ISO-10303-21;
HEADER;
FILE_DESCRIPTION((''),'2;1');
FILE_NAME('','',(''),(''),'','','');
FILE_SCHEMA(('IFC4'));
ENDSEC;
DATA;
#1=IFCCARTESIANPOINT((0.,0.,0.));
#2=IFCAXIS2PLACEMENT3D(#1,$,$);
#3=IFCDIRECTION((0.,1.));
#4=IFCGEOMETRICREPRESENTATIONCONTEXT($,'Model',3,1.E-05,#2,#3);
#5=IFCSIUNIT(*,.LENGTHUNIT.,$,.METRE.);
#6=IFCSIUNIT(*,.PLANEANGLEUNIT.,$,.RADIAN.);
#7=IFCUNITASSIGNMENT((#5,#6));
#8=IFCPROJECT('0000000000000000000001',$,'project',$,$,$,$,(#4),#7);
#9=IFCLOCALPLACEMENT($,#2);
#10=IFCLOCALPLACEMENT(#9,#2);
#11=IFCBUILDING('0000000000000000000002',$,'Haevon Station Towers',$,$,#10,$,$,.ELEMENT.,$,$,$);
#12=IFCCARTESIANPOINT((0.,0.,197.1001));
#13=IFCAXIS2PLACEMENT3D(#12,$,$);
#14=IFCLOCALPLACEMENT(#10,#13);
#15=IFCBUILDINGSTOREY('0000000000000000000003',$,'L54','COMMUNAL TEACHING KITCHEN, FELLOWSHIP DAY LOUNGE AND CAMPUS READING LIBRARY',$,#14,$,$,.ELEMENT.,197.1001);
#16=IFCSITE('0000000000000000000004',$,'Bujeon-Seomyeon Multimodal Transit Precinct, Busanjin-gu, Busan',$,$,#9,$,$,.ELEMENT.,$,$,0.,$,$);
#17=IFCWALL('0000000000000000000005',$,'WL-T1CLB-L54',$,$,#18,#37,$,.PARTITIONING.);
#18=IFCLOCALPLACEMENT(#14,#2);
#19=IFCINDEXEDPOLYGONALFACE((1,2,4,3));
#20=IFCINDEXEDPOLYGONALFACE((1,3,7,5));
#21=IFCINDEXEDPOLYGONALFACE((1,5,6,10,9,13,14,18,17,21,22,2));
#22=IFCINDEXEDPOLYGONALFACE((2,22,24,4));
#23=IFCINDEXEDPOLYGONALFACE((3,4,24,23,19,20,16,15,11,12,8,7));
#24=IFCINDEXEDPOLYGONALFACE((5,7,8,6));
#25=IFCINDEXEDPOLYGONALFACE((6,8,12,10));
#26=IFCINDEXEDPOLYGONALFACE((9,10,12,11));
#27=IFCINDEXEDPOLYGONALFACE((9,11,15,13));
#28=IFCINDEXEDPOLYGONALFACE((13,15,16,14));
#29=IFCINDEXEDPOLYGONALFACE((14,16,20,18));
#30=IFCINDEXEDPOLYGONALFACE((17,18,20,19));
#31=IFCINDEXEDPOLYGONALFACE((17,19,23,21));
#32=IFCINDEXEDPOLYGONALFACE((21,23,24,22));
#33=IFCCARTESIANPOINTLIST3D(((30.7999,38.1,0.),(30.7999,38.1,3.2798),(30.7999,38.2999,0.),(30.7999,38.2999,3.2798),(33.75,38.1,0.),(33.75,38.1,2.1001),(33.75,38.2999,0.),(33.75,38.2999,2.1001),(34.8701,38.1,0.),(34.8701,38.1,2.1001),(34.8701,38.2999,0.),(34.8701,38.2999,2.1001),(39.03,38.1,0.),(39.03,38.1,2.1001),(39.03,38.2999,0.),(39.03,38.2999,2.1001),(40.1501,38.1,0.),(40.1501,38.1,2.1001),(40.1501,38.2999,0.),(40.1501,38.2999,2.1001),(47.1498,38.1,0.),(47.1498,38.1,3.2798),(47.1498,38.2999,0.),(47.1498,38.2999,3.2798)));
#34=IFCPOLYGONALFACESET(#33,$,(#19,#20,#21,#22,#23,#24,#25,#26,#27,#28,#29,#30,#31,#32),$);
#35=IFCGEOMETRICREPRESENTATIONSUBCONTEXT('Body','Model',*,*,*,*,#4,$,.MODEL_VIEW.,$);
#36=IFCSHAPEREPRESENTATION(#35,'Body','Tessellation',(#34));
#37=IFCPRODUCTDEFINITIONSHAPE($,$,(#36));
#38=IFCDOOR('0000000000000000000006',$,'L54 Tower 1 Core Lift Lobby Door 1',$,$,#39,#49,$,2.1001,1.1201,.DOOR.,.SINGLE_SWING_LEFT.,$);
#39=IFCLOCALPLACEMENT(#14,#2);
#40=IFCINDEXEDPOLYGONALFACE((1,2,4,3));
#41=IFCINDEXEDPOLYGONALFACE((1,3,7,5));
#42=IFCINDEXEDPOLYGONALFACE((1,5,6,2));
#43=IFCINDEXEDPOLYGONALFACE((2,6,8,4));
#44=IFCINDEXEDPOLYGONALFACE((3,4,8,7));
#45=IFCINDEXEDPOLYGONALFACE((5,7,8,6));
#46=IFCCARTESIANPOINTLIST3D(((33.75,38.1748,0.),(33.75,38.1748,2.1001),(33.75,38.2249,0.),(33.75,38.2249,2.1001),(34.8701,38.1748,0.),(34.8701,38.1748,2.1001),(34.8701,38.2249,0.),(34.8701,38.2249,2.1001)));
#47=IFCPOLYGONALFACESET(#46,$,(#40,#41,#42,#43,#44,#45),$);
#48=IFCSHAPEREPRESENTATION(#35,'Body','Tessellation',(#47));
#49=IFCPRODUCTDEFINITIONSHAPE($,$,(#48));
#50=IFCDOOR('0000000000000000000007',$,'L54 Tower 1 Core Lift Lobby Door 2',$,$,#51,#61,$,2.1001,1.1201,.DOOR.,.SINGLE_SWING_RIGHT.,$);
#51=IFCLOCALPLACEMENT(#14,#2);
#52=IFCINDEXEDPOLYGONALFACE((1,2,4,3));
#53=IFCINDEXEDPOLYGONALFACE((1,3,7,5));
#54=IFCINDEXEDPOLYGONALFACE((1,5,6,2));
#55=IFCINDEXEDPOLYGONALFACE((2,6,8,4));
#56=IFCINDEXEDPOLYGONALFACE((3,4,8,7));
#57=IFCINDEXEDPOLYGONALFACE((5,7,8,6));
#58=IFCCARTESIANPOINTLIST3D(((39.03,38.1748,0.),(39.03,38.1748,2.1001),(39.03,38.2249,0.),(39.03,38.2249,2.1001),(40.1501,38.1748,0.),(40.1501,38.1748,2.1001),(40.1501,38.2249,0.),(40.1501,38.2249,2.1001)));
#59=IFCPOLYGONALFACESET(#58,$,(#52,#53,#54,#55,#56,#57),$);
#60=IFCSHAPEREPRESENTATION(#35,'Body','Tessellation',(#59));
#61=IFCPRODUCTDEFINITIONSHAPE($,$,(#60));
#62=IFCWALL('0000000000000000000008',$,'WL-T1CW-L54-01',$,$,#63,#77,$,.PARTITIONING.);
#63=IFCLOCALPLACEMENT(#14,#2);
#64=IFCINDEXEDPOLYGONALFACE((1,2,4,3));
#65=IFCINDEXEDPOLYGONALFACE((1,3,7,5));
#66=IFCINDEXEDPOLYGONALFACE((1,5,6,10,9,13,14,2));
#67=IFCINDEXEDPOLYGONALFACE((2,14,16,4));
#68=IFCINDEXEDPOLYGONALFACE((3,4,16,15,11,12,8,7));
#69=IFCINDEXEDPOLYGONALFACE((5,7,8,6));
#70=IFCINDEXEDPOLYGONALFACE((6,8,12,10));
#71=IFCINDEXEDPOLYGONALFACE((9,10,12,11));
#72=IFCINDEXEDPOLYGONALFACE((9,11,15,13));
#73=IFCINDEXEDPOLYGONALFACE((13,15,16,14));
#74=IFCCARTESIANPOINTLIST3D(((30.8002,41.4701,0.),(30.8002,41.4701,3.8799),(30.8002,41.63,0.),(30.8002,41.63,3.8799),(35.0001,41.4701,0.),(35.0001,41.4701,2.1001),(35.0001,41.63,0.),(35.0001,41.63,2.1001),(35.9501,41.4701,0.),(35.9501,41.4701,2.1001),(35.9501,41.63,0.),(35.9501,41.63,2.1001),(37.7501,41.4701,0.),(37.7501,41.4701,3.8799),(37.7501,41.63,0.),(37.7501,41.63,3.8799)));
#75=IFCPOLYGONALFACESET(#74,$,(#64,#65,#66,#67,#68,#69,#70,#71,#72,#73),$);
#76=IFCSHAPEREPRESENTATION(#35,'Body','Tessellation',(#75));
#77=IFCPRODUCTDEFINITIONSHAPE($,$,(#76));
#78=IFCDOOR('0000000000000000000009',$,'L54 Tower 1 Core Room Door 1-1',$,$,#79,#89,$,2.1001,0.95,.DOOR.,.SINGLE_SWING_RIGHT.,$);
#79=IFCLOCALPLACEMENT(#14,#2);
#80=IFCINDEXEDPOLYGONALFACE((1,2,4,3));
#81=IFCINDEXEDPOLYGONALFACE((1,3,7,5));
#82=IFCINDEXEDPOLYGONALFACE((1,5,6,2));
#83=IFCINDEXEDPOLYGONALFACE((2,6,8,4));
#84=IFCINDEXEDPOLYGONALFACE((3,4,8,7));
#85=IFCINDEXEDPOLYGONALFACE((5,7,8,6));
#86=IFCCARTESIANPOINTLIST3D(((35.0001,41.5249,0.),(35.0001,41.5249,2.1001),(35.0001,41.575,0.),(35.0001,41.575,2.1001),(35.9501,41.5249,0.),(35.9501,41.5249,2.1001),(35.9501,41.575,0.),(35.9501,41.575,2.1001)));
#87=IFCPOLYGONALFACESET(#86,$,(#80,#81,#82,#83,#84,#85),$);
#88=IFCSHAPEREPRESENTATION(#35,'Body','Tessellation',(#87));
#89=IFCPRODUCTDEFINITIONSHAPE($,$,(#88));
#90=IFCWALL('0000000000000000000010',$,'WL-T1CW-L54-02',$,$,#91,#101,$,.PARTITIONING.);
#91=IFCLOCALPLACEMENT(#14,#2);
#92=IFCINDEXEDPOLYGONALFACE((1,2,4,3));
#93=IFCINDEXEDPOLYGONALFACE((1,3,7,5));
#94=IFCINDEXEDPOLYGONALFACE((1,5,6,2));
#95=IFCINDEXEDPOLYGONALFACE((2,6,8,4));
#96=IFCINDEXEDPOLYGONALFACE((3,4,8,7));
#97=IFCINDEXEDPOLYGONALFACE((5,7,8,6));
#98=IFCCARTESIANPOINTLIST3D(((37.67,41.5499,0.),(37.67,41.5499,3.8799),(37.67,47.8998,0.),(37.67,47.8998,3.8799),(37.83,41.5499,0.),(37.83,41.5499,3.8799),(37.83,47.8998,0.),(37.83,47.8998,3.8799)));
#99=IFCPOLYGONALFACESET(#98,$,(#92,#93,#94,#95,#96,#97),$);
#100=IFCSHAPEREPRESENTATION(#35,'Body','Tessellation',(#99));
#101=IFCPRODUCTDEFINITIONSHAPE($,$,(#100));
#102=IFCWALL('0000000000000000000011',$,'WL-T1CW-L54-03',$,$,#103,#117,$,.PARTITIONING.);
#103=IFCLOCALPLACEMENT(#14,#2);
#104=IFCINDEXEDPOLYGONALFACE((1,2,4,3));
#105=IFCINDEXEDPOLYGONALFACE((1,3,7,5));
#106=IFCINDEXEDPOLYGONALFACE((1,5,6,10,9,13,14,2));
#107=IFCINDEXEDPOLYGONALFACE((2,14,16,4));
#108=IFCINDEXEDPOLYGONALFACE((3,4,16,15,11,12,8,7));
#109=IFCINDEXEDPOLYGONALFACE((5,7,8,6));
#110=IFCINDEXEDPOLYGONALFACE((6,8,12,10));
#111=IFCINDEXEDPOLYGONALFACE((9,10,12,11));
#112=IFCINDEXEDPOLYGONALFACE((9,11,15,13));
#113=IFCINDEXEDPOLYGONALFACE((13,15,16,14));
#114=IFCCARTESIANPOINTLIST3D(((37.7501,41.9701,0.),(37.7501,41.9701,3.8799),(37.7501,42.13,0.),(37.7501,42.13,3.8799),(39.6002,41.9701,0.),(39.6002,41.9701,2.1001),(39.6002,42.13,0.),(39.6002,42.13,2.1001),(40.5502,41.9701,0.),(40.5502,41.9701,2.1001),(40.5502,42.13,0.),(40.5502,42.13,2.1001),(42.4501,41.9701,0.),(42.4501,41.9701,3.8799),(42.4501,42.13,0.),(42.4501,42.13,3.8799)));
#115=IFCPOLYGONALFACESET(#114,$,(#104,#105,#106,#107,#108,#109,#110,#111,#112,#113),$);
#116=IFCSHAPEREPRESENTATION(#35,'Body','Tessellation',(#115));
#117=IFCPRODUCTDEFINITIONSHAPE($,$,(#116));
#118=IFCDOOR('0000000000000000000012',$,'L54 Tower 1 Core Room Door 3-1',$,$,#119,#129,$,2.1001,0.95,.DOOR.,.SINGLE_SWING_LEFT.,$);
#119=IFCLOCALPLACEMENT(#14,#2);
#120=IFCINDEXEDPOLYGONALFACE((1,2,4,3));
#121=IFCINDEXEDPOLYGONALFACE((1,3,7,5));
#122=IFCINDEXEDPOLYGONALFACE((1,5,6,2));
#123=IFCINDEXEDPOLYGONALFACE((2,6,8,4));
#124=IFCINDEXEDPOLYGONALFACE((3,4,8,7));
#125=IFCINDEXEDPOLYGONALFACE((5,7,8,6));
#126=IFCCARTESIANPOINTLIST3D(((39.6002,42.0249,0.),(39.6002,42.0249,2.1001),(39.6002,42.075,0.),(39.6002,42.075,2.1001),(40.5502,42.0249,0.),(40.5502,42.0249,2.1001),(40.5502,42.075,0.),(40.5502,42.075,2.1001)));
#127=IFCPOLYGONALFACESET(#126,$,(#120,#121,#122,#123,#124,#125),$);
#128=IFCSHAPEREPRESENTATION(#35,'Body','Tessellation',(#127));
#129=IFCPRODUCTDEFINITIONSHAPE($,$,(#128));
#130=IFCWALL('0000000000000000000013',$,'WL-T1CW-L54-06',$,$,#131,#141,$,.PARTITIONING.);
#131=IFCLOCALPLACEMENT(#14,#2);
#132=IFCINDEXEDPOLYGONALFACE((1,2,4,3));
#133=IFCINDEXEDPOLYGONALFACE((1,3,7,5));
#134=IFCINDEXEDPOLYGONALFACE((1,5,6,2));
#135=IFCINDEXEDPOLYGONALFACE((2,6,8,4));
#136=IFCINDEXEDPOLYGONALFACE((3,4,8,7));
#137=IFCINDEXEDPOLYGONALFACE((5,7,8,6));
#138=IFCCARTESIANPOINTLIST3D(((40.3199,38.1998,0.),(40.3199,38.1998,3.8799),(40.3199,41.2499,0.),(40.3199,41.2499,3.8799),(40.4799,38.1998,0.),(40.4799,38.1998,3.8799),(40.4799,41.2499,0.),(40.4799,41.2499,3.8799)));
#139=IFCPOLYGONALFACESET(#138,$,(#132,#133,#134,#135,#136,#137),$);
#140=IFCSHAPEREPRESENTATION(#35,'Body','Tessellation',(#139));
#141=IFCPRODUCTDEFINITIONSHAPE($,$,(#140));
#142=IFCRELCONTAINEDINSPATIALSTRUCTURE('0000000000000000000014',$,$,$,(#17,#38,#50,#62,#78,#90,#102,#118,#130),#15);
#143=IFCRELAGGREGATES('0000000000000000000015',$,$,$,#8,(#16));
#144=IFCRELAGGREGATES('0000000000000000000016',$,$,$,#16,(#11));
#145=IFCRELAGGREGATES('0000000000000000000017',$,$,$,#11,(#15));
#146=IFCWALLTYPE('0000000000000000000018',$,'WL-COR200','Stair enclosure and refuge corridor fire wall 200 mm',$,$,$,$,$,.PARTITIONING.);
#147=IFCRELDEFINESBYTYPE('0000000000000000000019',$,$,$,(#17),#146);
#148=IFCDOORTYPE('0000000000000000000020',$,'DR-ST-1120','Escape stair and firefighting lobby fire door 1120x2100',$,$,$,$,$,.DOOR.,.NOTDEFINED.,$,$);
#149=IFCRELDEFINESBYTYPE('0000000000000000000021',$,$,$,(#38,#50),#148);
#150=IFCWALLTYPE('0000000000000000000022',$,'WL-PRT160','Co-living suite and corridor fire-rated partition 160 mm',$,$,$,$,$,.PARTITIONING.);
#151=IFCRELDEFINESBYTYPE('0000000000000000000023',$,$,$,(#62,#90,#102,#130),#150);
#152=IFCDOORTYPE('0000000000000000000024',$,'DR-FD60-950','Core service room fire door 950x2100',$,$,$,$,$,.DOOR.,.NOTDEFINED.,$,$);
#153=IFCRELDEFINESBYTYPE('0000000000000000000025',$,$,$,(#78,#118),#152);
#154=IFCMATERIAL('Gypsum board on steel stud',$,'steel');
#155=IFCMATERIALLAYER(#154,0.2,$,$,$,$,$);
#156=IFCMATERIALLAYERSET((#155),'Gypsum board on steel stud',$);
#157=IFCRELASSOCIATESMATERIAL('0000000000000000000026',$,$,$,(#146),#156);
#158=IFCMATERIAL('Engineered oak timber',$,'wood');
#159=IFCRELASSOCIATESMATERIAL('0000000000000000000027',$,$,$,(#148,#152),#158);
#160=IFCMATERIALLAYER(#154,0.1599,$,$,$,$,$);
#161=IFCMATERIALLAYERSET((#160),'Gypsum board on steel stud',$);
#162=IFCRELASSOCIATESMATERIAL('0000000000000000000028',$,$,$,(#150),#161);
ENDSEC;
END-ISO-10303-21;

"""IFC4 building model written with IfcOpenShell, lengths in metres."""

from ifc_helpers import new_model, si_unit, direction, frame, frame_2d, origin, place, context, subcontext, project, spatial, rectangle, extrude, material, layer, layer_set, type_object, element, fill, save


model = new_model("IFC4")

# Units and contexts
model_context = context("Model", 3, precision=1e-05, world=origin(), true_north=direction((0.0, 1.0)))
body_context = subcontext(model_context, "Body", "Model", "MODEL_VIEW")
ifc_project = project(units=[si_unit("LENGTHUNIT", "METRE"), si_unit("PLANEANGLEUNIT", "RADIAN")], contexts=[model_context])

# Site, building, storey
site_placement = place(None, origin())
site = spatial("IfcSite", under=ifc_project, at=site_placement, Name="Bujeon-Seomyeon Multimodal Transit Precinct, Busanjin-gu, Busan", CompositionType="ELEMENT", RefElevation=0.0)
building_placement = place(site_placement, origin())
building = spatial("IfcBuilding", under=site, at=building_placement, Name="Haevon Station Towers", CompositionType="ELEMENT")
storey_placement = place(building_placement, frame((0.0, 0.0, 197.1001)))
storey = spatial("IfcBuildingStorey", under=building, at=storey_placement, Name="L54", Description="COMMUNAL TEACHING KITCHEN, FELLOWSHIP DAY LOUNGE AND CAMPUS READING LIBRARY", CompositionType="ELEMENT", Elevation=197.1001)

# Shared definitions
ifc_material_1 = material(Name="Gypsum board on steel stud", Category="steel")
ifc_layer_1 = layer(ifc_material_1, 0.2)
ifc_layer_set_1 = layer_set([ifc_layer_1], Name="Gypsum board on steel stud")
wall_type_1 = type_object("IfcWallType", Name="WL-COR200", Description="Stair enclosure and refuge corridor fire wall 200 mm", PredefinedType="PARTITIONING", material=ifc_layer_set_1)
ifc_material_2 = material(Name="Engineered oak timber", Category="wood")

# Wall, openings, doors
wall_1_placement = place(storey_placement, frame((30.8, 38.2, 0.0), z_axis=(0.0, 0.0, 1.0), x_axis=(1.0, 0.0, 0.0)))
wall_1 = element("IfcWall", 1, at=wall_1_placement, inside=storey, type_object=wall_type_1, Name="WL-T1CLB-L54", PredefinedType="PARTITIONING", context=body_context, shape_type="SweptSolid", body=[
    extrude(rectangle(XDim=16.3499, YDim=0.2, at=frame_2d((8.1748, 0.0))), origin(), (0.0, 0.0, 1.0), 3.2798),
])
opening_1_placement = place(wall_1_placement, frame((2.95, 0.0, 0.0)))
opening_1 = element("IfcOpeningElement", 2, at=opening_1_placement, cuts=wall_1, PredefinedType="OPENING", context=body_context, shape_type="SweptSolid", body=[
    extrude(rectangle(XDim=1.1201, YDim=2.1001, at=frame_2d((0.5601, 1.05))), frame((0.0, 0.1099, 0.0), z_axis=(0.0, -1.0, 0.0), x_axis=(1.0, 0.0, 0.0)), (0.0, 0.0, 1.0), 0.22),
])
opening_2_placement = place(wall_1_placement, frame((8.23, 0.0, 0.0)))
opening_2 = element("IfcOpeningElement", 3, at=opening_2_placement, cuts=wall_1, PredefinedType="OPENING", context=body_context, shape_type="SweptSolid", body=[
    extrude(rectangle(XDim=1.1201, YDim=2.1001, at=frame_2d((0.5601, 1.05))), frame((0.0, 0.1099, 0.0), z_axis=(0.0, -1.0, 0.0), x_axis=(1.0, 0.0, 0.0)), (0.0, 0.0, 1.0), 0.22),
])
door_type_1 = type_object("IfcDoorType", Name="DR-ST-1120", Description="Escape stair and firefighting lobby fire door 1120x2100", OperationType="NOTDEFINED", PredefinedType="DOOR", material=ifc_material_2)
door_1_placement = place(opening_1_placement, origin())
door_1 = element("IfcDoor", 4, at=door_1_placement, inside=storey, type_object=door_type_1, Name="L54 Tower 1 Core Lift Lobby Door 1", OperationType="SINGLE_SWING_LEFT", OverallHeight=2.1001, OverallWidth=1.1201, PredefinedType="DOOR", context=body_context, shape_type="SweptSolid", body=[
    extrude(rectangle(XDim=1.1201, YDim=2.1001, at=frame_2d((0.5601, 1.05))), frame((0.0, 0.0249, 0.0), z_axis=(0.0, -1.0, 0.0), x_axis=(1.0, 0.0, 0.0)), (0.0, 0.0, 1.0), 0.05),
])
fill(opening_1, door_1)
door_2_placement = place(opening_2_placement, origin())
door_2 = element("IfcDoor", 5, at=door_2_placement, inside=storey, type_object=door_type_1, Name="L54 Tower 1 Core Lift Lobby Door 2", OperationType="SINGLE_SWING_RIGHT", OverallHeight=2.1001, OverallWidth=1.1201, PredefinedType="DOOR", context=body_context, shape_type="SweptSolid", body=[
    extrude(rectangle(XDim=1.1201, YDim=2.1001, at=frame_2d((0.5601, 1.05))), frame((0.0, 0.0249, 0.0), z_axis=(0.0, -1.0, 0.0), x_axis=(1.0, 0.0, 0.0)), (0.0, 0.0, 1.0), 0.05),
])
fill(opening_2, door_2)

# Wall, opening, door
ifc_layer_2 = layer(ifc_material_1, 0.1599)
ifc_layer_set_2 = layer_set([ifc_layer_2], Name="Gypsum board on steel stud")
wall_type_2 = type_object("IfcWallType", Name="WL-PRT160", Description="Co-living suite and corridor fire-rated partition 160 mm", PredefinedType="PARTITIONING", material=ifc_layer_set_2)
wall_2_placement = place(storey_placement, frame((30.8, 41.55, 0.0), z_axis=(0.0, 0.0, 1.0), x_axis=(1.0, 0.0, 0.0)))
wall_2 = element("IfcWall", 6, at=wall_2_placement, inside=storey, type_object=wall_type_2, Name="WL-T1CW-L54-01", PredefinedType="PARTITIONING", context=body_context, shape_type="SweptSolid", body=[
    extrude(rectangle(XDim=6.95, YDim=0.1599, at=frame_2d((3.4751, 0.0))), origin(), (0.0, 0.0, 1.0), 3.8799),
])
opening_3_placement = place(wall_2_placement, frame((4.2, 0.0, 0.0)))
opening_3 = element("IfcOpeningElement", 7, at=opening_3_placement, cuts=wall_2, PredefinedType="OPENING", context=body_context, shape_type="SweptSolid", body=[
    extrude(rectangle(XDim=0.95, YDim=2.1001, at=frame_2d((0.4751, 1.05))), frame((0.0, 0.0898, 0.0), z_axis=(0.0, -1.0, 0.0), x_axis=(1.0, 0.0, 0.0)), (0.0, 0.0, 1.0), 0.1799),
])
door_type_2 = type_object("IfcDoorType", Name="DR-FD60-950", Description="Core service room fire door 950x2100", OperationType="NOTDEFINED", PredefinedType="DOOR", material=ifc_material_2)
door_3_placement = place(opening_3_placement, origin())
door_3 = element("IfcDoor", 8, at=door_3_placement, inside=storey, type_object=door_type_2, Name="L54 Tower 1 Core Room Door 1-1", OperationType="SINGLE_SWING_RIGHT", OverallHeight=2.1001, OverallWidth=0.95, PredefinedType="DOOR", context=body_context, shape_type="SweptSolid", body=[
    extrude(rectangle(XDim=0.95, YDim=2.1001, at=frame_2d((0.4751, 1.05))), frame((0.0, 0.0249, 0.0), z_axis=(0.0, -1.0, 0.0), x_axis=(1.0, 0.0, 0.0)), (0.0, 0.0, 1.0), 0.05),
])
fill(opening_3, door_3)

# Wall
wall_3_placement = place(storey_placement, frame((37.75, 41.55, 0.0), z_axis=(0.0, 0.0, 1.0), x_axis=(0.0, 1.0, 0.0)))
element("IfcWall", 9, at=wall_3_placement, inside=storey, type_object=wall_type_2, Name="WL-T1CW-L54-02", PredefinedType="PARTITIONING", context=body_context, shape_type="SweptSolid", body=[
    extrude(rectangle(XDim=6.3499, YDim=0.1599, at=frame_2d((3.1748, 0.0))), origin(), (0.0, 0.0, 1.0), 3.8799),
])

# Wall, opening, door
wall_4_placement = place(storey_placement, frame((37.75, 42.05, 0.0), z_axis=(0.0, 0.0, 1.0), x_axis=(1.0, 0.0, 0.0)))
wall_4 = element("IfcWall", 10, at=wall_4_placement, inside=storey, type_object=wall_type_2, Name="WL-T1CW-L54-03", PredefinedType="PARTITIONING", context=body_context, shape_type="SweptSolid", body=[
    extrude(rectangle(XDim=4.7, YDim=0.1599, at=frame_2d((2.3501, 0.0))), origin(), (0.0, 0.0, 1.0), 3.8799),
])
opening_4_placement = place(wall_4_placement, frame((1.8501, 0.0, 0.0)))
opening_4 = element("IfcOpeningElement", 11, at=opening_4_placement, cuts=wall_4, PredefinedType="OPENING", context=body_context, shape_type="SweptSolid", body=[
    extrude(rectangle(XDim=0.95, YDim=2.1001, at=frame_2d((0.4751, 1.05))), frame((0.0, 0.0898, 0.0), z_axis=(0.0, -1.0, 0.0), x_axis=(1.0, 0.0, 0.0)), (0.0, 0.0, 1.0), 0.1799),
])
door_4_placement = place(opening_4_placement, origin())
door_4 = element("IfcDoor", 12, at=door_4_placement, inside=storey, type_object=door_type_2, Name="L54 Tower 1 Core Room Door 3-1", OperationType="SINGLE_SWING_LEFT", OverallHeight=2.1001, OverallWidth=0.95, PredefinedType="DOOR", context=body_context, shape_type="SweptSolid", body=[
    extrude(rectangle(XDim=0.95, YDim=2.1001, at=frame_2d((0.4751, 1.05))), frame((0.0, 0.0249, 0.0), z_axis=(0.0, -1.0, 0.0), x_axis=(1.0, 0.0, 0.0)), (0.0, 0.0, 1.0), 0.05),
])
fill(opening_4, door_4)

# Wall
wall_5_placement = place(storey_placement, frame((40.3999, 38.2, 0.0), z_axis=(0.0, 0.0, 1.0), x_axis=(0.0, 1.0, 0.0)))
element("IfcWall", 13, at=wall_5_placement, inside=storey, type_object=wall_type_2, Name="WL-T1CW-L54-06", PredefinedType="PARTITIONING", context=body_context, shape_type="SweptSolid", body=[
    extrude(rectangle(XDim=3.05, YDim=0.1599, at=frame_2d((1.5249, 0.0))), origin(), (0.0, 0.0, 1.0), 3.8799),
])

save(model, "model.ifc")
